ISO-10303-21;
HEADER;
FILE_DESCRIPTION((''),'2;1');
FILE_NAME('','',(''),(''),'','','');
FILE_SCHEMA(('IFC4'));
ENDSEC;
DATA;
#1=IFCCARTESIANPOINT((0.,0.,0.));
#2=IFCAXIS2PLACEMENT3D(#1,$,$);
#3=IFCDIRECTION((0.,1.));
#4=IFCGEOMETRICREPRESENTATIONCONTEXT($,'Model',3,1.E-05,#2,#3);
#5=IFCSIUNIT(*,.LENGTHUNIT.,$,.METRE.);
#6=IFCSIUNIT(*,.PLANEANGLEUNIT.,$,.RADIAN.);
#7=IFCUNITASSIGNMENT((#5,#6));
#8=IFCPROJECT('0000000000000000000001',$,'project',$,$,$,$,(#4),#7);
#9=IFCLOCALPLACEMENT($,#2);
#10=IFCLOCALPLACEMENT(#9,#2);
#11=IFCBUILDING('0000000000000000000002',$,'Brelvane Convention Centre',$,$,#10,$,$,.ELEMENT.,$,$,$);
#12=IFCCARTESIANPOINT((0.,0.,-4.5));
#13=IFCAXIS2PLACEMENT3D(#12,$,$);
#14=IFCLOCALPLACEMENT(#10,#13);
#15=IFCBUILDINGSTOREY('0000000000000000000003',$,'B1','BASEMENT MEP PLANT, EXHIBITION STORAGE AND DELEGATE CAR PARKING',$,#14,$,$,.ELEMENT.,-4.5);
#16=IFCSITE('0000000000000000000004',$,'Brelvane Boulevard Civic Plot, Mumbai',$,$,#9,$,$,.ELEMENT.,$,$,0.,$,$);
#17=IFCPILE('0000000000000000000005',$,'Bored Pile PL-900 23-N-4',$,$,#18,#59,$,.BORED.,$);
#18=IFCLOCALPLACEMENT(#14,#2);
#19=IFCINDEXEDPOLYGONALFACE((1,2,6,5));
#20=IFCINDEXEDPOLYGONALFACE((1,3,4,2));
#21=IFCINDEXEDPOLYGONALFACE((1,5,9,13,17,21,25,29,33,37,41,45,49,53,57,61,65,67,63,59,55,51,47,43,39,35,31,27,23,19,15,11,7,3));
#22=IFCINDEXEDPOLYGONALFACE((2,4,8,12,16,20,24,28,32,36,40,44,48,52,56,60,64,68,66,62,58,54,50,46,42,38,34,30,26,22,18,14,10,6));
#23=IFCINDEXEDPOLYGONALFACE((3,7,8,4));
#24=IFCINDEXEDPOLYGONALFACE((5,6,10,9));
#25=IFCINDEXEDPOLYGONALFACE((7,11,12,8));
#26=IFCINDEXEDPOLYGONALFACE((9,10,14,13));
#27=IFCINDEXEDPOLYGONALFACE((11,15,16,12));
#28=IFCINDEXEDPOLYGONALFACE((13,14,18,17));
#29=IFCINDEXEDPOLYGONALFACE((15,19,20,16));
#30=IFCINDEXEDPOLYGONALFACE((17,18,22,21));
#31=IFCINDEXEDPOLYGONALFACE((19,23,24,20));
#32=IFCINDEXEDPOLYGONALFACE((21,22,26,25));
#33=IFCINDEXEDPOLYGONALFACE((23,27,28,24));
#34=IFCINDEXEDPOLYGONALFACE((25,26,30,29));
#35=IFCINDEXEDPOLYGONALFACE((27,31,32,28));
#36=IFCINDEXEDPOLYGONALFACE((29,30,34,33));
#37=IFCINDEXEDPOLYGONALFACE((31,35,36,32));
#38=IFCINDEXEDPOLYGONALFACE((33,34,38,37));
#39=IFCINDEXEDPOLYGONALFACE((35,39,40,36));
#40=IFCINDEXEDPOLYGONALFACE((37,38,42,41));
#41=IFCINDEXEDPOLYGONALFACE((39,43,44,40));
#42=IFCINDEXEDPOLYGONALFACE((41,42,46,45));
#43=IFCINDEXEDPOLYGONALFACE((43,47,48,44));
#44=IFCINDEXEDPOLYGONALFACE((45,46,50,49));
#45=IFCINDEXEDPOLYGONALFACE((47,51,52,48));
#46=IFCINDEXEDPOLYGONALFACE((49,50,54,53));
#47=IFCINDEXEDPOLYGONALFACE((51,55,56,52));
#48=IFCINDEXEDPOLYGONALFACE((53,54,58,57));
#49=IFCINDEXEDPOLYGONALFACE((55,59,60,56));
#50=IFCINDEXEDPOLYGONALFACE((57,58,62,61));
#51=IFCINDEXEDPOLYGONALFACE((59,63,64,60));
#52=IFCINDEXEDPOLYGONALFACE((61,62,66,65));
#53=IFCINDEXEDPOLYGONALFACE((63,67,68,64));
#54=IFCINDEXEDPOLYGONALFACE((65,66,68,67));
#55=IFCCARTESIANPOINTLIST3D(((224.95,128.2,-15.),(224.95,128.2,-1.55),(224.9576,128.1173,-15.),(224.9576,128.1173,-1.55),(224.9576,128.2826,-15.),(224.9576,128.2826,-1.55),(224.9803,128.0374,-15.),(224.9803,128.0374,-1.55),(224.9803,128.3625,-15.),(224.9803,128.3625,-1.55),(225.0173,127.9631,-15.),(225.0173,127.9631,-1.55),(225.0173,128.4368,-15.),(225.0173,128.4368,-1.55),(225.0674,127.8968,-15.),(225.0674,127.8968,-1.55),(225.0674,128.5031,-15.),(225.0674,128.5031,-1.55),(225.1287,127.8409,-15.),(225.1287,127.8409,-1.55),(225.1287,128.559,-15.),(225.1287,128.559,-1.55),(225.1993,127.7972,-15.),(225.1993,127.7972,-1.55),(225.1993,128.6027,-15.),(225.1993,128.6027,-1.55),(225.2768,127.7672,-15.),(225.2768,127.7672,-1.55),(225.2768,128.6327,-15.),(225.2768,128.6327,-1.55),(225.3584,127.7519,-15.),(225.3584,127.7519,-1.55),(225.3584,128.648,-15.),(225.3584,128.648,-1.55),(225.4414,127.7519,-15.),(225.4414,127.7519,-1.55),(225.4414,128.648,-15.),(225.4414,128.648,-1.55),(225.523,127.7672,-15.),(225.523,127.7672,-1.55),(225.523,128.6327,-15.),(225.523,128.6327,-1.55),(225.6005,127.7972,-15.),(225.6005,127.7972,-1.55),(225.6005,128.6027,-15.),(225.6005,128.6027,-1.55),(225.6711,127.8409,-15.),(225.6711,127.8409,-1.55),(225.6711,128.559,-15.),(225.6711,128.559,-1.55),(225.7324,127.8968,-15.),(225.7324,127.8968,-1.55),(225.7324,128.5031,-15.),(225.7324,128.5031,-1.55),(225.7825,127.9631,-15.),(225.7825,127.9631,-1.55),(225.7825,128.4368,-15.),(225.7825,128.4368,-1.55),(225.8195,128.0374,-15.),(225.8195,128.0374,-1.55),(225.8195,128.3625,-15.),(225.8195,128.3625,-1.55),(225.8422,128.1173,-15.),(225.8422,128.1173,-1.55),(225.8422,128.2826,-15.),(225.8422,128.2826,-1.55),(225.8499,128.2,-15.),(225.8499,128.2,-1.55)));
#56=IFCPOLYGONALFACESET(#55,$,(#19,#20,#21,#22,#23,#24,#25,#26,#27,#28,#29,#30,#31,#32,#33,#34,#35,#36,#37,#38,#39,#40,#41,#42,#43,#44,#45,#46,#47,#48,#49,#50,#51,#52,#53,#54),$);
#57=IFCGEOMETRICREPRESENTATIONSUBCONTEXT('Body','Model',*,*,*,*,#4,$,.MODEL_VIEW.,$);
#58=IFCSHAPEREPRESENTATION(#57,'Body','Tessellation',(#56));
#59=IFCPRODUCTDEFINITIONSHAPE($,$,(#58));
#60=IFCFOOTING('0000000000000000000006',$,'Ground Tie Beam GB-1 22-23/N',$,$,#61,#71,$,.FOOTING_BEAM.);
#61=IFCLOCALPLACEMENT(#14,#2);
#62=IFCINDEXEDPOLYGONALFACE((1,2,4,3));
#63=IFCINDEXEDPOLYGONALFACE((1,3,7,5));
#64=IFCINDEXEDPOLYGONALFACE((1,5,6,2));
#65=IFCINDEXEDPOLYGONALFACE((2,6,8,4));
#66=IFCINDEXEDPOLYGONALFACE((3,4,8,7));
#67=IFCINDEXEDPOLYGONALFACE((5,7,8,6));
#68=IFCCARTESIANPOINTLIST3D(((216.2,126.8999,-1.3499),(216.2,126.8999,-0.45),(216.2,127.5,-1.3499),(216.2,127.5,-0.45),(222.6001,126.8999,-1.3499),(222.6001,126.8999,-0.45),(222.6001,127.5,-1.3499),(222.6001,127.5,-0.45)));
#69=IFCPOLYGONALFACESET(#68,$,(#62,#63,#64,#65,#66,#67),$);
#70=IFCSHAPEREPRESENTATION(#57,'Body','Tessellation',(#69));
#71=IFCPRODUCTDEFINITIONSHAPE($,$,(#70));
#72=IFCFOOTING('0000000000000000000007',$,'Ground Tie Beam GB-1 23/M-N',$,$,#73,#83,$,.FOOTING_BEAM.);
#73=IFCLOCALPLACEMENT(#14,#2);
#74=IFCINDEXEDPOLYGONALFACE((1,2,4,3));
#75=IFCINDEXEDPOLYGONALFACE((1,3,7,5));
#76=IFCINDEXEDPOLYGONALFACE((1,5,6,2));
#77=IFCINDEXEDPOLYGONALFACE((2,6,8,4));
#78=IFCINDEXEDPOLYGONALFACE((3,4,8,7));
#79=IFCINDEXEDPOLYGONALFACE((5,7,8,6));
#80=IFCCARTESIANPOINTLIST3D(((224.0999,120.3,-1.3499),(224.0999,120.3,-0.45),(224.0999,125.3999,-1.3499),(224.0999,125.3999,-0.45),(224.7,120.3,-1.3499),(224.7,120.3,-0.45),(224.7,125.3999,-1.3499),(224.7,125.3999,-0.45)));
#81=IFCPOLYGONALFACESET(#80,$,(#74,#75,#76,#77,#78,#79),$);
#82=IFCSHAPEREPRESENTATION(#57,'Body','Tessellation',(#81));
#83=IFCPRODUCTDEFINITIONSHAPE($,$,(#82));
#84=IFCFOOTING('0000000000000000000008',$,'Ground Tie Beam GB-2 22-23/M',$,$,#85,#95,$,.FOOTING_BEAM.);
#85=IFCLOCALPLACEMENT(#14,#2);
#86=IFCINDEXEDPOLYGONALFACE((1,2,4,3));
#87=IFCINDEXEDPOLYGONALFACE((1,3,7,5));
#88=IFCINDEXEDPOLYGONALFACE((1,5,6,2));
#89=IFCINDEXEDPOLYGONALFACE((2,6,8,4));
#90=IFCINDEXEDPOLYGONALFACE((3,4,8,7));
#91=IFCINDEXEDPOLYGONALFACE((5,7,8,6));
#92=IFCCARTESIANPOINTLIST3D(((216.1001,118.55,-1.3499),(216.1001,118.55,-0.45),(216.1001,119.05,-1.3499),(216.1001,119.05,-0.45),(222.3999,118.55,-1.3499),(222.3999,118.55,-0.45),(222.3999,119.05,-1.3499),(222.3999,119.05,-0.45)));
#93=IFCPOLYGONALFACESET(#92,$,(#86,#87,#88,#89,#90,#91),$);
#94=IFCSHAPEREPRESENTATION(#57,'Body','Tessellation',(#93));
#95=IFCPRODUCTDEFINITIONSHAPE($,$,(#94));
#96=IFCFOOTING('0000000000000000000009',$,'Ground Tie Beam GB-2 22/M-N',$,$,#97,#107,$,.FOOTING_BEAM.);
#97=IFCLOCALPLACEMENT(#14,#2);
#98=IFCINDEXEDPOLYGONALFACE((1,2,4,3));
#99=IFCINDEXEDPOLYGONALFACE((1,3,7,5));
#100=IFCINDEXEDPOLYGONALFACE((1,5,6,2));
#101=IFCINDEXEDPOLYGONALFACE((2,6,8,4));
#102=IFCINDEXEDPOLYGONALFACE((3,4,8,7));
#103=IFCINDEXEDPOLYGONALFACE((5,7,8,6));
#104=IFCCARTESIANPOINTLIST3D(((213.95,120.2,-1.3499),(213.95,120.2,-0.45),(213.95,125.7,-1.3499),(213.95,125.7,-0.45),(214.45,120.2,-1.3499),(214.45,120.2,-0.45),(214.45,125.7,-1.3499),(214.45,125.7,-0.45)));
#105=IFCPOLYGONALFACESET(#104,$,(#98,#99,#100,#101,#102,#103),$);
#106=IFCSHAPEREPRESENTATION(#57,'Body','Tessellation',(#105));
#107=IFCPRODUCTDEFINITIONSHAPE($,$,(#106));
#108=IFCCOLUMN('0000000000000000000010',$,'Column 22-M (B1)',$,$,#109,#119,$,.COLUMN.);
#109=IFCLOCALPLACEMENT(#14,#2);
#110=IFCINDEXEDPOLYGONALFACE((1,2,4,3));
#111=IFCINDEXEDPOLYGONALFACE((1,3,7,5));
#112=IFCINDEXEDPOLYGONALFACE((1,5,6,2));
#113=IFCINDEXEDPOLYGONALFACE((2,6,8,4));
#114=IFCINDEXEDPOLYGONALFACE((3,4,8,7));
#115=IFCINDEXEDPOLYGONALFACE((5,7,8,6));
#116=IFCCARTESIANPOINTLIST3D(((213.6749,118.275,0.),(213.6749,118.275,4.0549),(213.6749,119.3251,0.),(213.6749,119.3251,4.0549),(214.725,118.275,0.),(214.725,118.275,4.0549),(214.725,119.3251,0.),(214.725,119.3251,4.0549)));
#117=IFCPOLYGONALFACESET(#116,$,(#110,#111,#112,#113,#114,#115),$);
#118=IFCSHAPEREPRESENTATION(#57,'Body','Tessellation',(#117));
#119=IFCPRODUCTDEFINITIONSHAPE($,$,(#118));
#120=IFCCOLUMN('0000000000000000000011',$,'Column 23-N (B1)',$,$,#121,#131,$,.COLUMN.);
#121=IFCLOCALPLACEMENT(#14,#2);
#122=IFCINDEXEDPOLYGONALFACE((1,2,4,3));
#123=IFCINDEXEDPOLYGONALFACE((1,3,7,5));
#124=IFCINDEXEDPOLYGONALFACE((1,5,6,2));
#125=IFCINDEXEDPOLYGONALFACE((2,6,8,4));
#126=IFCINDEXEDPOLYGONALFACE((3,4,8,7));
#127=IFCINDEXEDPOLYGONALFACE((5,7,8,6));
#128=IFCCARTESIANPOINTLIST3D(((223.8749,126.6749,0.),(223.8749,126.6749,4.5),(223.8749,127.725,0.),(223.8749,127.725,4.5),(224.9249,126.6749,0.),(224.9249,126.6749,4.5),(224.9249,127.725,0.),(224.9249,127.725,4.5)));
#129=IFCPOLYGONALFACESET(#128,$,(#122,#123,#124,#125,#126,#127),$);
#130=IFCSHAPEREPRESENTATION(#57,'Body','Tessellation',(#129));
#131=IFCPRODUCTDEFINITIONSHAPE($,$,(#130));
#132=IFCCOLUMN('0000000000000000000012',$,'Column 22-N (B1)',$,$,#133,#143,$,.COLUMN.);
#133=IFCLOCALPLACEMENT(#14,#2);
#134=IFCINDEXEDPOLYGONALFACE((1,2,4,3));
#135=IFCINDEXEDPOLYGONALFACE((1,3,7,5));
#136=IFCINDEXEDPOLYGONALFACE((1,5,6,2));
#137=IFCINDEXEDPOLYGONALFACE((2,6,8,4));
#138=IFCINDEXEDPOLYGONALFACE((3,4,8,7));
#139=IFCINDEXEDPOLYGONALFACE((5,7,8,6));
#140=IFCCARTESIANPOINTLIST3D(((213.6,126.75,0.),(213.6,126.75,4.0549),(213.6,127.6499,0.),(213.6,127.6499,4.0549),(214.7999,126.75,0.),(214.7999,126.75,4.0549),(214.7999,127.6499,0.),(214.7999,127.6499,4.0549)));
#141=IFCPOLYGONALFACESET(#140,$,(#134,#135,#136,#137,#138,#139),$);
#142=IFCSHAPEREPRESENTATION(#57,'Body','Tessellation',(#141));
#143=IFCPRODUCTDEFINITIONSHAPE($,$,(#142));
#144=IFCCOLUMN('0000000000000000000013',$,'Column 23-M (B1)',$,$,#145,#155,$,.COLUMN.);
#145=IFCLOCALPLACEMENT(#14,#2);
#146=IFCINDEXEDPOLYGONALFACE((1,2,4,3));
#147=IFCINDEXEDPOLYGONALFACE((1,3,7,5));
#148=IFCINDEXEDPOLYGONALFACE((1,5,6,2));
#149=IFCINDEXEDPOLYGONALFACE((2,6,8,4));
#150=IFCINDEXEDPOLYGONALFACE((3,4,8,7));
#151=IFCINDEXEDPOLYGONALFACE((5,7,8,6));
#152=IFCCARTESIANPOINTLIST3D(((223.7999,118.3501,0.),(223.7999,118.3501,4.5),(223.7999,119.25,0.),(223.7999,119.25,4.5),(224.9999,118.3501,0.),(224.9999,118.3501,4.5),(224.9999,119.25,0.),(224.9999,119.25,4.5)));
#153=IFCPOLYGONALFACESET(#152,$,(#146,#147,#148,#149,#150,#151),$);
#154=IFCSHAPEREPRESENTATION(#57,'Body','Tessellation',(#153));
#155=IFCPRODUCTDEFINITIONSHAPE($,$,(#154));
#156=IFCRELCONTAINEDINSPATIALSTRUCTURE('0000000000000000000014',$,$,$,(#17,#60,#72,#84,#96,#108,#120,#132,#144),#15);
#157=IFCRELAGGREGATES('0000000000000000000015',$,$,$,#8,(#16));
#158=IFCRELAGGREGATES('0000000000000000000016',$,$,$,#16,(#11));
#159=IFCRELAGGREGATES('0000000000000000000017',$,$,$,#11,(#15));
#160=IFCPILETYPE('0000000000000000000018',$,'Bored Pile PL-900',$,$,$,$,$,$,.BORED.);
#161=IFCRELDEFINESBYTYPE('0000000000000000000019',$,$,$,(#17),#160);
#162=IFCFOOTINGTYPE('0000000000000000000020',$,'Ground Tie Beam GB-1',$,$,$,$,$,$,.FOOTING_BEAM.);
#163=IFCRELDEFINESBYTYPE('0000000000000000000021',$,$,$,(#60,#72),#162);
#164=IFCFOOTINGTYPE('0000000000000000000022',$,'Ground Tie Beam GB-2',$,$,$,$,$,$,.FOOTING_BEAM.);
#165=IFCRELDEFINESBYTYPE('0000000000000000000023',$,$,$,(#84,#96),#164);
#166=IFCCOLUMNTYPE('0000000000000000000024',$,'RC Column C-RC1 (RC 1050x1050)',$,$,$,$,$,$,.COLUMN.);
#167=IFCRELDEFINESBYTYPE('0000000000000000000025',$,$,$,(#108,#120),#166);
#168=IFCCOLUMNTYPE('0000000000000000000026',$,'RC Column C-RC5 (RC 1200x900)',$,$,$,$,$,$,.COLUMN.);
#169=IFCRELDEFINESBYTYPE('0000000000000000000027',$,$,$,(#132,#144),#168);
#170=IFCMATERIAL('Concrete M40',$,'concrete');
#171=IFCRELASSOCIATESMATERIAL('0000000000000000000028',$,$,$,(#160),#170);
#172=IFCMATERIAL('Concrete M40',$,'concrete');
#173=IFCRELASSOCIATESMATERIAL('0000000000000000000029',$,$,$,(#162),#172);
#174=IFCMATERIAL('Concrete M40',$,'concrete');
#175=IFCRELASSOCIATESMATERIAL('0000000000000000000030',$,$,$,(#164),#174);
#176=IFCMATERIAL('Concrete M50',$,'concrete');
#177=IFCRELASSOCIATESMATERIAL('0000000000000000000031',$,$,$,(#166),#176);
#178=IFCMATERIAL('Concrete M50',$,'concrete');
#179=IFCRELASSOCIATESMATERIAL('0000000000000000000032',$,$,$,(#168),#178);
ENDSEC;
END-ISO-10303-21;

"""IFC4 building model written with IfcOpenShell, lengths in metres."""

from ifc_helpers import new_model, si_unit, direction, frame, origin, origin_2d, place, context, subcontext, project, spatial, rectangle, circle, extrude, material, material_profile, profile_set, type_object, element, save


model = new_model("IFC4")

# Units and contexts
model_context = context("Model", 3, precision=1e-05, world=origin(), true_north=direction((0.0, 1.0)))
body_context = subcontext(model_context, "Body", "Model", "MODEL_VIEW")
ifc_project = project(units=[si_unit("LENGTHUNIT", "METRE"), si_unit("PLANEANGLEUNIT", "RADIAN")], contexts=[model_context])

# Site, building, storey
site_placement = place(None, origin())
site = spatial("IfcSite", under=ifc_project, at=site_placement, Name="Brelvane Boulevard Civic Plot, Mumbai", CompositionType="ELEMENT", RefElevation=0.0)
building_placement = place(site_placement, origin())
building = spatial("IfcBuilding", under=site, at=building_placement, Name="Brelvane Convention Centre", CompositionType="ELEMENT")
storey_placement = place(building_placement, frame((0.0, 0.0, -4.5)))
storey = spatial("IfcBuildingStorey", under=building, at=storey_placement, Name="B1", Description="BASEMENT MEP PLANT, EXHIBITION STORAGE AND DELEGATE CAR PARKING", CompositionType="ELEMENT", Elevation=-4.5)

# Pile
ifc_material_1 = material(Name="Concrete M40", Category="concrete")
ifc_material_profile_1 = material_profile(ifc_material_1, circle(Radius=0.45, at=origin_2d()), Name="PILE D900")
ifc_profile_set_1 = profile_set([ifc_material_profile_1], Name="Concrete M40")
pile_type = type_object("IfcPileType", Name="Bored Pile PL-900", PredefinedType="BORED", material=ifc_profile_set_1)
for number, where, z_axis, x_axis, name in (
    (1, (225.3999, 128.2, -1.55), (0.0, 0.0, -1.0), (1.0, 0.0, 0.0), "Bored Pile PL-900 23-N-4"),
):
    element("IfcPile", number, at=place(storey_placement, frame(where, z_axis=z_axis, x_axis=x_axis)), inside=storey, type_object=pile_type, Name=name, PredefinedType="BORED", context=body_context, shape_type="SweptSolid", body=[
        extrude(circle(Radius=0.45, at=origin_2d()), origin(), (0.0, 0.0, 1.0), 13.45),
    ])

# Footings
ifc_material_2 = material(Name="Concrete M40", Category="concrete")
ifc_material_profile_2 = material_profile(ifc_material_2, rectangle(XDim=0.6001, YDim=0.8999, at=origin_2d()), Name="RC 600x900")
ifc_profile_set_2 = profile_set([ifc_material_profile_2], Name="Concrete M40")
footing_type_1 = type_object("IfcFootingType", Name="Ground Tie Beam GB-1", PredefinedType="FOOTING_BEAM", material=ifc_profile_set_2)
footing_1_placement = place(storey_placement, frame((216.2, 127.2, -0.8999), z_axis=(1.0, 0.0, 0.0), x_axis=(0.0, 1.0, 0.0)))
element("IfcFooting", 2, at=footing_1_placement, inside=storey, type_object=footing_type_1, Name="Ground Tie Beam GB-1 22-23/N", PredefinedType="FOOTING_BEAM", context=body_context, shape_type="SweptSolid", body=[
    extrude(rectangle(XDim=0.6001, YDim=0.8999, at=origin_2d()), origin(), (0.0, 0.0, 1.0), 6.4001),
])
footing_2_placement = place(storey_placement, frame((224.3999, 120.3, -0.8999), z_axis=(0.0, 1.0, 0.0), x_axis=(-1.0, 0.0, 0.0)))
element("IfcFooting", 3, at=footing_2_placement, inside=storey, type_object=footing_type_1, Name="Ground Tie Beam GB-1 23/M-N", PredefinedType="FOOTING_BEAM", context=body_context, shape_type="SweptSolid", body=[
    extrude(rectangle(XDim=0.6001, YDim=0.8999, at=origin_2d()), origin(), (0.0, 0.0, 1.0), 5.0999),
])
ifc_material_3 = material(Name="Concrete M40", Category="concrete")
ifc_material_profile_3 = material_profile(ifc_material_3, rectangle(XDim=0.5, YDim=0.8999, at=origin_2d()), Name="RC 500x900")
ifc_profile_set_3 = profile_set([ifc_material_profile_3], Name="Concrete M40")
footing_type_2 = type_object("IfcFootingType", Name="Ground Tie Beam GB-2", PredefinedType="FOOTING_BEAM", material=ifc_profile_set_3)
footing_3_placement = place(storey_placement, frame((216.1001, 118.8, -0.8999), z_axis=(1.0, 0.0, 0.0), x_axis=(0.0, 1.0, 0.0)))
element("IfcFooting", 4, at=footing_3_placement, inside=storey, type_object=footing_type_2, Name="Ground Tie Beam GB-2 22-23/M", PredefinedType="FOOTING_BEAM", context=body_context, shape_type="SweptSolid", body=[
    extrude(rectangle(XDim=0.5, YDim=0.8999, at=origin_2d()), origin(), (0.0, 0.0, 1.0), 6.2998),
])
footing_4_placement = place(storey_placement, frame((214.2, 120.2, -0.8999), z_axis=(0.0, 1.0, 0.0), x_axis=(-1.0, 0.0, 0.0)))
element("IfcFooting", 5, at=footing_4_placement, inside=storey, type_object=footing_type_2, Name="Ground Tie Beam GB-2 22/M-N", PredefinedType="FOOTING_BEAM", context=body_context, shape_type="SweptSolid", body=[
    extrude(rectangle(XDim=0.5, YDim=0.8999, at=origin_2d()), origin(), (0.0, 0.0, 1.0), 5.5),
])

# Columns
ifc_material_4 = material(Name="Concrete M50", Category="concrete")
ifc_material_profile_4 = material_profile(ifc_material_4, rectangle(XDim=1.05, YDim=1.05, at=origin_2d()), Name="RC 1050x1050")
ifc_profile_set_4 = profile_set([ifc_material_profile_4], Name="Concrete M50")
column_type_1 = type_object("IfcColumnType", Name="RC Column C-RC1 (RC 1050x1050)", PredefinedType="COLUMN", material=ifc_profile_set_4)
column_1_placement = place(storey_placement, frame((214.2, 118.8, 0.0), z_axis=(0.0, 0.0, 1.0), x_axis=(1.0, 0.0, 0.0)))
element("IfcColumn", 6, at=column_1_placement, inside=storey, type_object=column_type_1, Name="Column 22-M (B1)", PredefinedType="COLUMN", context=body_context, shape_type="SweptSolid", body=[
    extrude(rectangle(XDim=1.05, YDim=1.05, at=origin_2d()), origin(), (0.0, 0.0, 1.0), 4.0549),
])
column_2_placement = place(storey_placement, frame((224.3999, 127.2, 0.0), z_axis=(0.0, 0.0, 1.0), x_axis=(1.0, 0.0, 0.0)))
element("IfcColumn", 7, at=column_2_placement, inside=storey, type_object=column_type_1, Name="Column 23-N (B1)", PredefinedType="COLUMN", context=body_context, shape_type="SweptSolid", body=[
    extrude(rectangle(XDim=1.05, YDim=1.05, at=origin_2d()), origin(), (0.0, 0.0, 1.0), 4.5),
])
ifc_material_5 = material(Name="Concrete M50", Category="concrete")
ifc_material_profile_5 = material_profile(ifc_material_5, rectangle(XDim=1.2, YDim=0.8999, at=origin_2d()), Name="RC 1200x900")
ifc_profile_set_5 = profile_set([ifc_material_profile_5], Name="Concrete M50")
column_type_2 = type_object("IfcColumnType", Name="RC Column C-RC5 (RC 1200x900)", PredefinedType="COLUMN", material=ifc_profile_set_5)
column_3_placement = place(storey_placement, frame((214.2, 127.2, 0.0), z_axis=(0.0, 0.0, 1.0), x_axis=(1.0, 0.0, 0.0)))
element("IfcColumn", 8, at=column_3_placement, inside=storey, type_object=column_type_2, Name="Column 22-N (B1)", PredefinedType="COLUMN", context=body_context, shape_type="SweptSolid", body=[
    extrude(rectangle(XDim=1.2, YDim=0.8999, at=origin_2d()), origin(), (0.0, 0.0, 1.0), 4.0549),
])
column_4_placement = place(storey_placement, frame((224.3999, 118.8, 0.0), z_axis=(0.0, 0.0, 1.0), x_axis=(1.0, 0.0, 0.0)))
element("IfcColumn", 9, at=column_4_placement, inside=storey, type_object=column_type_2, Name="Column 23-M (B1)", PredefinedType="COLUMN", context=body_context, shape_type="SweptSolid", body=[
    extrude(rectangle(XDim=1.2, YDim=0.8999, at=origin_2d()), origin(), (0.0, 0.0, 1.0), 4.5),
])

save(model, "model.ifc")
